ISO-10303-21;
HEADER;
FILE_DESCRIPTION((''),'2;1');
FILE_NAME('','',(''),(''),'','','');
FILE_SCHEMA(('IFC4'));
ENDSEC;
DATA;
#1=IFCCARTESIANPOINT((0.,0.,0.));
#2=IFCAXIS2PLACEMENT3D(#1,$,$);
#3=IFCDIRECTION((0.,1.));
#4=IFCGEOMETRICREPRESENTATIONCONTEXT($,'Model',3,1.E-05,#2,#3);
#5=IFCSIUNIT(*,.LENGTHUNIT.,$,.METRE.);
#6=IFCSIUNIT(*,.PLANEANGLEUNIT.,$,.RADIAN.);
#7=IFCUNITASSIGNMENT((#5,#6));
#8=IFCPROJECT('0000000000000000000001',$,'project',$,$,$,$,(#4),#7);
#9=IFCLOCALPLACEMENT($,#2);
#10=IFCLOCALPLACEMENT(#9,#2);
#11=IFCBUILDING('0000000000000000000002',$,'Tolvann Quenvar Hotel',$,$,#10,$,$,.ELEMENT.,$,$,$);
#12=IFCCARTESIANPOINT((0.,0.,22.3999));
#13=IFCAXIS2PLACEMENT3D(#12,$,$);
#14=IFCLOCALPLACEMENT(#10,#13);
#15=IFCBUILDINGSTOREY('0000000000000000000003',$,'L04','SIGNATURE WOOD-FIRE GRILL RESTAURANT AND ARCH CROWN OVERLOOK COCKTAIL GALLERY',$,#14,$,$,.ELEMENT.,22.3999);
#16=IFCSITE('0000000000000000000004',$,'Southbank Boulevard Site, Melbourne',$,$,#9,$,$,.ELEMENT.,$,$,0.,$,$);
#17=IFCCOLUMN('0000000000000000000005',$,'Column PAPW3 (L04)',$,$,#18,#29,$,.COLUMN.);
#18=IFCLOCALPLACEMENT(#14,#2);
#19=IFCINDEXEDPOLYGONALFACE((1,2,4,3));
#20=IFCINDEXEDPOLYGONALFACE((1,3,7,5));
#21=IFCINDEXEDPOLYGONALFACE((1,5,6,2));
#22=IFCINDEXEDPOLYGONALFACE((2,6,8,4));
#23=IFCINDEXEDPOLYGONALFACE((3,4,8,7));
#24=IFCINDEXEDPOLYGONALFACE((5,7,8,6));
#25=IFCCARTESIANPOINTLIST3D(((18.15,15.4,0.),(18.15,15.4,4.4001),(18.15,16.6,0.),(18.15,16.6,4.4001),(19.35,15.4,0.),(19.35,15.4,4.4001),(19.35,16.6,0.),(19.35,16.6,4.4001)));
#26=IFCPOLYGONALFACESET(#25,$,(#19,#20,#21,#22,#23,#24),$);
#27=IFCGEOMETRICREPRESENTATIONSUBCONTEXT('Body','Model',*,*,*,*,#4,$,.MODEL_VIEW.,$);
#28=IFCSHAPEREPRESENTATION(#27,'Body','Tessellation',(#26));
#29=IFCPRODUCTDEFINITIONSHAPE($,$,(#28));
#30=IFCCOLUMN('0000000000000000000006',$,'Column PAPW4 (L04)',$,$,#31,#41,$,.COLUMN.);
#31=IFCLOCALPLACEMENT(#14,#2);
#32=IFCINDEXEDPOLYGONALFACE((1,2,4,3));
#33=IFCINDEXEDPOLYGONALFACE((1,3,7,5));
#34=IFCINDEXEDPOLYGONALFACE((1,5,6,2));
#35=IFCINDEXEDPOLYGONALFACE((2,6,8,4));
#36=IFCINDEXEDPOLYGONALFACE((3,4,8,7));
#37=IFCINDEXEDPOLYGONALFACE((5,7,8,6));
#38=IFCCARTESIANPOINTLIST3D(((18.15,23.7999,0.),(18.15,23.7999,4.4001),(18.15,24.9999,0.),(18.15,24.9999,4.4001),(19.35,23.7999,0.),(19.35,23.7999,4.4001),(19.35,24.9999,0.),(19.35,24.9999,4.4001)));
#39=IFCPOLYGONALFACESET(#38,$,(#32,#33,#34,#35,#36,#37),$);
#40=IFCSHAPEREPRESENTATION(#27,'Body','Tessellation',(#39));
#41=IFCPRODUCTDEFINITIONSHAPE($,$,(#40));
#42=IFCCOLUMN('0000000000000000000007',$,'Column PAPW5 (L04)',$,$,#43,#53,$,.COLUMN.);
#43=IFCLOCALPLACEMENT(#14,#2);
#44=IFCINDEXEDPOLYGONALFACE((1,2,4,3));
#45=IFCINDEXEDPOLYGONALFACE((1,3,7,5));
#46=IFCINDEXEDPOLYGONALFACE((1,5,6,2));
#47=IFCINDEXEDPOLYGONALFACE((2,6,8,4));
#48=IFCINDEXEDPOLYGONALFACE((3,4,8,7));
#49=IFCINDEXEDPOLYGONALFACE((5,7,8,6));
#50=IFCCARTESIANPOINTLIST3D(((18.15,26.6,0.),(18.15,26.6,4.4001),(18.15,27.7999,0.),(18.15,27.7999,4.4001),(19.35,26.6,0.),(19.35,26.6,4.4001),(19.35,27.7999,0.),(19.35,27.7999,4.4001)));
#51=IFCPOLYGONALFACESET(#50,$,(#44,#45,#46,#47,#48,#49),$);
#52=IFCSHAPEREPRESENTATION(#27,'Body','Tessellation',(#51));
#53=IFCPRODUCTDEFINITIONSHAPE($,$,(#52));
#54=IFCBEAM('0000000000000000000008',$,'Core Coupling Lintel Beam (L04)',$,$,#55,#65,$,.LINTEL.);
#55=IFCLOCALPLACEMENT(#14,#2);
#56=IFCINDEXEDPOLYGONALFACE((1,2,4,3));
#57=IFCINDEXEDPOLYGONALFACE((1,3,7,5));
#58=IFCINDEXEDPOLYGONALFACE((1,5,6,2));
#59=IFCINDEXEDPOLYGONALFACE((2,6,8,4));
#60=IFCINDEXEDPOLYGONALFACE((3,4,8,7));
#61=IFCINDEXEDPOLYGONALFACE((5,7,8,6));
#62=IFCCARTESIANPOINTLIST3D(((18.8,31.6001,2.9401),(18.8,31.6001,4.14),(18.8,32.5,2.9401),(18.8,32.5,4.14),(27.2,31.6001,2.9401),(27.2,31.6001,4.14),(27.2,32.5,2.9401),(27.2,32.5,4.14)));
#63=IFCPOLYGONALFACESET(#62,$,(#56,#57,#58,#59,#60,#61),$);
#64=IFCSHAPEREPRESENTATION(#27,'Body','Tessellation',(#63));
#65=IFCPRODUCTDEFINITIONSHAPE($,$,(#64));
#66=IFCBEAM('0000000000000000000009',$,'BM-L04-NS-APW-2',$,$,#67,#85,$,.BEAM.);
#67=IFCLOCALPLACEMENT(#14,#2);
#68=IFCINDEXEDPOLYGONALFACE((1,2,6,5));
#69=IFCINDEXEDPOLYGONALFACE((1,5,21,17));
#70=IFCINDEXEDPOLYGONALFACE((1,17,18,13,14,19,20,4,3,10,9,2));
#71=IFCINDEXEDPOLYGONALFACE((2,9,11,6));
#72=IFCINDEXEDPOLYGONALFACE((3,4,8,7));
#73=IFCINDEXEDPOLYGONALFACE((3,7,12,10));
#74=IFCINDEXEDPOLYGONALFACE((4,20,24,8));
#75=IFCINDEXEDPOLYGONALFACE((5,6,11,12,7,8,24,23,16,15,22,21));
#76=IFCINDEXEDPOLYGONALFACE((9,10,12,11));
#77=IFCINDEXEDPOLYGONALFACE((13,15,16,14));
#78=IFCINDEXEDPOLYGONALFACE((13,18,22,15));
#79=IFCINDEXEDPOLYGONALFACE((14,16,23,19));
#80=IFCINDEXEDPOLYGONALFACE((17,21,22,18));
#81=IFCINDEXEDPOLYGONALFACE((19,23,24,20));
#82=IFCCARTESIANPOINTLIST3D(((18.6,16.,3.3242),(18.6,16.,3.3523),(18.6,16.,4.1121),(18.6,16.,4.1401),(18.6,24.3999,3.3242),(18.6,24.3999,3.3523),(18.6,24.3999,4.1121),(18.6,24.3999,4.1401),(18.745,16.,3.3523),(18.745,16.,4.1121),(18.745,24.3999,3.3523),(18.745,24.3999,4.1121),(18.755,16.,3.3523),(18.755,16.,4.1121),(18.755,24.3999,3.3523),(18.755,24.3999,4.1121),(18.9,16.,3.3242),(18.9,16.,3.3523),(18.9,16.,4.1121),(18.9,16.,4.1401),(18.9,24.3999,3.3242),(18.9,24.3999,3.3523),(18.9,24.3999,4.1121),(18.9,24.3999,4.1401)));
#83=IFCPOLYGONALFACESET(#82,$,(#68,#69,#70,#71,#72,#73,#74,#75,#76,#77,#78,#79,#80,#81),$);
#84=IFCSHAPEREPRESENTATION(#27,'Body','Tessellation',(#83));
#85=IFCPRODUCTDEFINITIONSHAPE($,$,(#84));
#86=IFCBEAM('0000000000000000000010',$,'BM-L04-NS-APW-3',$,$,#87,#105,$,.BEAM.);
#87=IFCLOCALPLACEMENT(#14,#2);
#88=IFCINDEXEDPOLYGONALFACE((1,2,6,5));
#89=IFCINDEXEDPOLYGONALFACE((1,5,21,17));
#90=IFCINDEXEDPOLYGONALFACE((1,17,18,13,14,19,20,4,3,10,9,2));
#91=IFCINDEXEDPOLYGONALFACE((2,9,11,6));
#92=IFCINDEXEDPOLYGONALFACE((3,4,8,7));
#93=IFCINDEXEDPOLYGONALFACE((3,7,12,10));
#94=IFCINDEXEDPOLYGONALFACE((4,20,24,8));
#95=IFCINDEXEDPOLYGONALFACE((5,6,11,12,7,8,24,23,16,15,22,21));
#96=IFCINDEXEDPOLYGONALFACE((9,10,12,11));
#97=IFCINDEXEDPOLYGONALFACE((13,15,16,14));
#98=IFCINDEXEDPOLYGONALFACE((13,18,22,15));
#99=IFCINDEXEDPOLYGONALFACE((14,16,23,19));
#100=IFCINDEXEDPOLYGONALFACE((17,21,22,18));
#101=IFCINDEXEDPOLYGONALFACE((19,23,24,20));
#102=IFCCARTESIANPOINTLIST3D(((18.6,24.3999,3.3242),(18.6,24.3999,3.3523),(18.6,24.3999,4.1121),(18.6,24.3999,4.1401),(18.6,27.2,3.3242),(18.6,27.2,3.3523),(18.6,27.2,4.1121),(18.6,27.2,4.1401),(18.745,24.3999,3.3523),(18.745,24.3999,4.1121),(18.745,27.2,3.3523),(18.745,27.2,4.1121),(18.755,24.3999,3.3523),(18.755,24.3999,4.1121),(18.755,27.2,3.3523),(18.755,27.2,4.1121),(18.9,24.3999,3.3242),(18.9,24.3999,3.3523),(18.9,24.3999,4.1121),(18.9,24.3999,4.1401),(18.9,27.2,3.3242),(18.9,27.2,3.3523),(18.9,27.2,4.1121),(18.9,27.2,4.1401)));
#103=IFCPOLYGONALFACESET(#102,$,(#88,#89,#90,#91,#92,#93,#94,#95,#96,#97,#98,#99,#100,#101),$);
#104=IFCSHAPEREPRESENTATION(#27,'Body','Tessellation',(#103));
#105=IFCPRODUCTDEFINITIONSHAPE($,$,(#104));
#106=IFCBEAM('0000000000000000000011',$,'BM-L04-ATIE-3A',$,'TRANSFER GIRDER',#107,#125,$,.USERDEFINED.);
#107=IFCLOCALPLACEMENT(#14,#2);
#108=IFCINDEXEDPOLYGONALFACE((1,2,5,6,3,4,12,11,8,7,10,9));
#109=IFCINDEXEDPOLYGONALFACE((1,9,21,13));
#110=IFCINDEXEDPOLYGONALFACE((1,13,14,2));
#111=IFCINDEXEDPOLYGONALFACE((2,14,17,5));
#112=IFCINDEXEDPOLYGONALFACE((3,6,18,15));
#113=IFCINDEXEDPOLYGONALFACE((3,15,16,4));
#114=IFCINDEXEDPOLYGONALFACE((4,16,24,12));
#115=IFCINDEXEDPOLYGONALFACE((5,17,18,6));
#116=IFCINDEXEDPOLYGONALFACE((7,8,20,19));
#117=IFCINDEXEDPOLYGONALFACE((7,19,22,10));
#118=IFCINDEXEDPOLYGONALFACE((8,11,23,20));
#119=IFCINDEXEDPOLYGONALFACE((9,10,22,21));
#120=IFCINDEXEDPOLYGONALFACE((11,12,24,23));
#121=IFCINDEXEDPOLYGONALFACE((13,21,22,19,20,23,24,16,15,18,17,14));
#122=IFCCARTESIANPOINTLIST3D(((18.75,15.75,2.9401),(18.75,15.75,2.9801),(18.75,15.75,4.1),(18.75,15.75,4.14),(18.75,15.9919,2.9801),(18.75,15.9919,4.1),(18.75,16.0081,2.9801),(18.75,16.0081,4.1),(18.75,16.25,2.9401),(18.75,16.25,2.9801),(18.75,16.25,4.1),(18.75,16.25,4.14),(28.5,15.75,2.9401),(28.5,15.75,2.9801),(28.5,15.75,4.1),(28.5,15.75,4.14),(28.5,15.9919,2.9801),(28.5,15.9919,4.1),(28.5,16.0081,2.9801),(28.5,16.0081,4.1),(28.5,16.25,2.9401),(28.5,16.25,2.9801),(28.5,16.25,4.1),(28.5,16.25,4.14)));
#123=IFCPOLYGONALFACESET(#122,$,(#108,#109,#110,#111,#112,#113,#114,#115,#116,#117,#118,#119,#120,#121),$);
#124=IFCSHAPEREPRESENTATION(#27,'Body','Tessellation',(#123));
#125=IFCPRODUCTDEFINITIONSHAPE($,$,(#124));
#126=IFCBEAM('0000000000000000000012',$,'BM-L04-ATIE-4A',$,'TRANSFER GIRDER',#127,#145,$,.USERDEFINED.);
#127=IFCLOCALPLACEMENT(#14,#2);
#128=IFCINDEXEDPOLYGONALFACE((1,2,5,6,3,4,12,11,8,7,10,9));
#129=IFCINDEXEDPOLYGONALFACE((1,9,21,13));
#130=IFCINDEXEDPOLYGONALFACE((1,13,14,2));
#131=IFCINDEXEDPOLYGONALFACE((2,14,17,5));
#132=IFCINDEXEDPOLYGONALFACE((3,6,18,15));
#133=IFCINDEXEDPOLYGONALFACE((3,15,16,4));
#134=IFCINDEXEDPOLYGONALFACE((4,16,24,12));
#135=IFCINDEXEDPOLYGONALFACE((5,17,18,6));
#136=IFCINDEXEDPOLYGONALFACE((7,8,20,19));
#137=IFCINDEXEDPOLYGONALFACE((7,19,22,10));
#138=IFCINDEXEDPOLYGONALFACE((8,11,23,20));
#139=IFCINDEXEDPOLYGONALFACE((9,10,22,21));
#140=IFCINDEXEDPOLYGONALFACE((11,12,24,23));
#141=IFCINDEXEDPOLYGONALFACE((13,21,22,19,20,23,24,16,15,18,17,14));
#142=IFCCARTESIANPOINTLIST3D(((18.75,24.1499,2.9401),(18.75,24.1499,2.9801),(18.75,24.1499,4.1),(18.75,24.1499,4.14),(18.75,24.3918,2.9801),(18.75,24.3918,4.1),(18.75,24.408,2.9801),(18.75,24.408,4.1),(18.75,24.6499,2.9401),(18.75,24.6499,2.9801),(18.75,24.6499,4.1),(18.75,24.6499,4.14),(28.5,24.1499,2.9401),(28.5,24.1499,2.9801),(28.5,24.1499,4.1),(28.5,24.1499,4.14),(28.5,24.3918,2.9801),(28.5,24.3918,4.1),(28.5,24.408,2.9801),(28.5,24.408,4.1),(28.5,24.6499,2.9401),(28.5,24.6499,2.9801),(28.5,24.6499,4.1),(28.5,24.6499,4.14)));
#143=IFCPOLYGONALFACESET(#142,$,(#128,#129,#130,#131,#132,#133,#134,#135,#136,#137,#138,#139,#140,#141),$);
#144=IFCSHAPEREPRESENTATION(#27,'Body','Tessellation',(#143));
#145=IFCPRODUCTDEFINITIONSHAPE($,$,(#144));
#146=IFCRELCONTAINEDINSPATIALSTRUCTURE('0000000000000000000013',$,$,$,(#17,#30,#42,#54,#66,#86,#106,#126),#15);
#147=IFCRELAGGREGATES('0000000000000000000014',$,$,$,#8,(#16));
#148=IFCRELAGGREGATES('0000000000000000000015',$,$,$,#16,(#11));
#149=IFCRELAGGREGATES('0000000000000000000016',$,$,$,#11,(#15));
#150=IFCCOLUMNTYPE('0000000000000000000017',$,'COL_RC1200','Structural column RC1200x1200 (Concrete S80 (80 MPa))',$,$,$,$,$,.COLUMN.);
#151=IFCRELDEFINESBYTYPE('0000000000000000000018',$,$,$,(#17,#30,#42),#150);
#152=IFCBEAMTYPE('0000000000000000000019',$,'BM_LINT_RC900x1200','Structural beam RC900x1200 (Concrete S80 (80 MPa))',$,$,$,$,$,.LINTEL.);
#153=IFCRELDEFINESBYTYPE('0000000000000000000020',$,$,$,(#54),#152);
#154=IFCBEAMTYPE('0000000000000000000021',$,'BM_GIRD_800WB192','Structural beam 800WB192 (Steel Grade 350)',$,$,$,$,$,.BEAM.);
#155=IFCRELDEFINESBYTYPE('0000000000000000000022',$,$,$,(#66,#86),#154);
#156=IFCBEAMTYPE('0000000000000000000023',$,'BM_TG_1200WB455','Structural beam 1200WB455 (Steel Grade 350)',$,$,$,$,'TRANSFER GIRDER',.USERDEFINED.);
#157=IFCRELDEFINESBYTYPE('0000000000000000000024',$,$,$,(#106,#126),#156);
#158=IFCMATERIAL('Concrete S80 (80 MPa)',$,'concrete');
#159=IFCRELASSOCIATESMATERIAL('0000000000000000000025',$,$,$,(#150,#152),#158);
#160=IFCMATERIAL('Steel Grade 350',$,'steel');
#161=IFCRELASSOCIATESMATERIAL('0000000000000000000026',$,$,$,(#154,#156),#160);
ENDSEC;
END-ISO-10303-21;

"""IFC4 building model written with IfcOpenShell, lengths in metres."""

from ifc_helpers import new_model, si_unit, direction, frame, origin, origin_2d, place, context, subcontext, project, spatial, rectangle, i_section, extrude, source, transform, mapped, material, material_profile, profile_set, type_object, type_shapes, element, save


model = new_model("IFC4")

# Units and contexts
model_context = context("Model", 3, precision=1e-05, world=origin(), true_north=direction((0.0, 1.0)))
body_context = subcontext(model_context, "Body", "Model", "MODEL_VIEW")
ifc_project = project(units=[si_unit("LENGTHUNIT", "METRE"), si_unit("PLANEANGLEUNIT", "RADIAN")], contexts=[model_context])

# Site, building, storey
site_placement = place(None, origin())
site = spatial("IfcSite", under=ifc_project, at=site_placement, Name="Southbank Boulevard Site, Melbourne", CompositionType="ELEMENT", RefElevation=0.0)
building_placement = place(site_placement, origin())
building = spatial("IfcBuilding", under=site, at=building_placement, Name="Tolvann Quenvar Hotel", CompositionType="ELEMENT")
storey_placement = place(building_placement, frame((0.0, 0.0, 22.3999)))
storey = spatial("IfcBuildingStorey", under=building, at=storey_placement, Name="L04", Description="SIGNATURE WOOD-FIRE GRILL RESTAURANT AND ARCH CROWN OVERLOOK COCKTAIL GALLERY", CompositionType="ELEMENT", Elevation=22.3999)

# Columns
ifc_material_1 = material(Name="Concrete S80 (80 MPa)", Category="concrete")
ifc_material_profile_1 = material_profile(ifc_material_1, rectangle(XDim=1.2, YDim=1.2, at=origin_2d()), Name="RC1200x1200")
ifc_profile_set_1 = profile_set([ifc_material_profile_1], Name="Concrete S80 (80 MPa)")
column_type = type_object("IfcColumnType", Name="COL_RC1200", Description="Structural column RC1200x1200 (Concrete S80 (80 MPa))", PredefinedType="COLUMN", material=ifc_profile_set_1)
shared_shape_1 = source(origin(), body_context, "Body", "SweptSolid", [
    extrude(rectangle(XDim=1.2, YDim=1.2, at=origin_2d()), origin(), (0.0, 0.0, 1.0), 4.4001),
])
type_shapes(column_type, [shared_shape_1])
for number, where, z_axis, x_axis, name in (
    (1, (18.75, 16.0, 0.0), (0.0, 0.0, 1.0), (1.0, 0.0, 0.0), "Column PAPW3 (L04)"),
    (2, (18.75, 24.3999, 0.0), (0.0, 0.0, 1.0), (1.0, 0.0, 0.0), "Column PAPW4 (L04)"),
    (3, (18.75, 27.2, 0.0), (0.0, 0.0, 1.0), (1.0, 0.0, 0.0), "Column PAPW5 (L04)"),
):
    element("IfcColumn", number, at=place(storey_placement, frame(where, z_axis=z_axis, x_axis=x_axis)), inside=storey, type_object=column_type, Name=name, PredefinedType="COLUMN", context=body_context, shape_type="MappedRepresentation", body=[
        mapped(shared_shape_1, transform((0.0, 0.0, 0.0), x_axis=(1.0, 0.0, 0.0), y_axis=(0.0, 1.0, 0.0), z_axis=(0.0, 0.0, 1.0), scale=1.0)),
    ])

# Beams
ifc_material_profile_2 = material_profile(ifc_material_1, rectangle(XDim=0.8999, YDim=1.2, at=origin_2d()), Name="RC900x1200")
ifc_profile_set_2 = profile_set([ifc_material_profile_2], Name="Concrete S80 (80 MPa)")
beam_type_1 = type_object("IfcBeamType", Name="BM_LINT_RC900x1200", Description="Structural beam RC900x1200 (Concrete S80 (80 MPa))", PredefinedType="LINTEL", material=ifc_profile_set_2)
shared_shape_2 = source(origin(), body_context, "Body", "SweptSolid", [
    extrude(rectangle(XDim=0.8999, YDim=1.2, at=origin_2d()), origin(), (0.0, 0.0, 1.0), 8.3999),
])
type_shapes(beam_type_1, [shared_shape_2])
beam_1_placement = place(storey_placement, frame((18.8, 32.05, 3.54), z_axis=(1.0, 0.0, 0.0), x_axis=(0.0, 1.0, 0.0)))
element("IfcBeam", 4, at=beam_1_placement, inside=storey, type_object=beam_type_1, Name="Core Coupling Lintel Beam (L04)", PredefinedType="LINTEL", context=body_context, shape_type="MappedRepresentation", body=[
    mapped(shared_shape_2, transform((0.0, 0.0, 0.0), x_axis=(1.0, 0.0, 0.0), y_axis=(0.0, 1.0, 0.0), z_axis=(0.0, 0.0, 1.0), scale=1.0)),
])
ifc_material_2 = material(Name="Steel Grade 350", Category="steel")
ifc_material_profile_3 = material_profile(ifc_material_2, i_section(OverallWidth=0.3, OverallDepth=0.8159, WebThickness=0.01, FlangeThickness=0.0281, at=origin_2d()), Name="800WB192")
ifc_profile_set_3 = profile_set([ifc_material_profile_3], Name="Steel Grade 350")
beam_type_2 = type_object("IfcBeamType", Name="BM_GIRD_800WB192", Description="Structural beam 800WB192 (Steel Grade 350)", PredefinedType="BEAM", material=ifc_profile_set_3)
shared_shape_3 = source(origin(), body_context, "Body", "SweptSolid", [
    extrude(i_section(OverallWidth=0.3, OverallDepth=0.8159, WebThickness=0.01, FlangeThickness=0.0281, at=origin_2d()), origin(), (0.0, 0.0, 1.0), 8.3999),
])
beam_2_placement = place(storey_placement, frame((18.75, 16.0, 3.7322), z_axis=(0.0, 1.0, 0.0), x_axis=(-1.0, 0.0, 0.0)))
element("IfcBeam", 5, at=beam_2_placement, inside=storey, type_object=beam_type_2, Name="BM-L04-NS-APW-2", PredefinedType="BEAM", context=body_context, shape_type="MappedRepresentation", body=[
    mapped(shared_shape_3, transform((0.0, 0.0, 0.0), x_axis=(1.0, 0.0, 0.0), y_axis=(0.0, 1.0, 0.0), z_axis=(0.0, 0.0, 1.0), scale=1.0)),
])
shared_shape_4 = source(origin(), body_context, "Body", "SweptSolid", [
    extrude(i_section(OverallWidth=0.3, OverallDepth=0.8159, WebThickness=0.01, FlangeThickness=0.0281, at=origin_2d()), origin(), (0.0, 0.0, 1.0), 2.8),
])
type_shapes(beam_type_2, [shared_shape_3, shared_shape_4])
beam_3_placement = place(storey_placement, frame((18.75, 24.3999, 3.7322), z_axis=(0.0, 1.0, 0.0), x_axis=(-1.0, 0.0, 0.0)))
element("IfcBeam", 6, at=beam_3_placement, inside=storey, type_object=beam_type_2, Name="BM-L04-NS-APW-3", PredefinedType="BEAM", context=body_context, shape_type="MappedRepresentation", body=[
    mapped(shared_shape_4, transform((0.0, 0.0, 0.0), x_axis=(1.0, 0.0, 0.0), y_axis=(0.0, 1.0, 0.0), z_axis=(0.0, 0.0, 1.0), scale=1.0)),
])
ifc_material_profile_4 = material_profile(ifc_material_2, i_section(OverallWidth=0.5, OverallDepth=1.2, WebThickness=0.0161, FlangeThickness=0.04, at=origin_2d()), Name="1200WB455")
ifc_profile_set_4 = profile_set([ifc_material_profile_4], Name="Steel Grade 350")
beam_type_3 = type_object("IfcBeamType", Name="BM_TG_1200WB455", Description="Structural beam 1200WB455 (Steel Grade 350)", ElementType="TRANSFER GIRDER", PredefinedType="USERDEFINED", material=ifc_profile_set_4)
shared_shape_5 = source(origin(), body_context, "Body", "SweptSolid", [
    extrude(i_section(OverallWidth=0.5, OverallDepth=1.2, WebThickness=0.0161, FlangeThickness=0.04, at=origin_2d()), origin(), (0.0, 0.0, 1.0), 9.75),
])
type_shapes(beam_type_3, [shared_shape_5])
for number, where, z_axis, x_axis, name in (
    (7, (18.75, 16.0, 3.54), (1.0, 0.0, 0.0), (0.0, 1.0, 0.0), "BM-L04-ATIE-3A"),
    (8, (18.75, 24.3999, 3.54), (1.0, 0.0, 0.0), (0.0, 1.0, 0.0), "BM-L04-ATIE-4A"),
):
    element("IfcBeam", number, at=place(storey_placement, frame(where, z_axis=z_axis, x_axis=x_axis)), inside=storey, type_object=beam_type_3, Name=name, ObjectType="TRANSFER GIRDER", PredefinedType="USERDEFINED", context=body_context, shape_type="MappedRepresentation", body=[
        mapped(shared_shape_5, transform((0.0, 0.0, 0.0), x_axis=(1.0, 0.0, 0.0), y_axis=(0.0, 1.0, 0.0), z_axis=(0.0, 0.0, 1.0), scale=1.0)),
    ])

save(model, "model.ifc")
